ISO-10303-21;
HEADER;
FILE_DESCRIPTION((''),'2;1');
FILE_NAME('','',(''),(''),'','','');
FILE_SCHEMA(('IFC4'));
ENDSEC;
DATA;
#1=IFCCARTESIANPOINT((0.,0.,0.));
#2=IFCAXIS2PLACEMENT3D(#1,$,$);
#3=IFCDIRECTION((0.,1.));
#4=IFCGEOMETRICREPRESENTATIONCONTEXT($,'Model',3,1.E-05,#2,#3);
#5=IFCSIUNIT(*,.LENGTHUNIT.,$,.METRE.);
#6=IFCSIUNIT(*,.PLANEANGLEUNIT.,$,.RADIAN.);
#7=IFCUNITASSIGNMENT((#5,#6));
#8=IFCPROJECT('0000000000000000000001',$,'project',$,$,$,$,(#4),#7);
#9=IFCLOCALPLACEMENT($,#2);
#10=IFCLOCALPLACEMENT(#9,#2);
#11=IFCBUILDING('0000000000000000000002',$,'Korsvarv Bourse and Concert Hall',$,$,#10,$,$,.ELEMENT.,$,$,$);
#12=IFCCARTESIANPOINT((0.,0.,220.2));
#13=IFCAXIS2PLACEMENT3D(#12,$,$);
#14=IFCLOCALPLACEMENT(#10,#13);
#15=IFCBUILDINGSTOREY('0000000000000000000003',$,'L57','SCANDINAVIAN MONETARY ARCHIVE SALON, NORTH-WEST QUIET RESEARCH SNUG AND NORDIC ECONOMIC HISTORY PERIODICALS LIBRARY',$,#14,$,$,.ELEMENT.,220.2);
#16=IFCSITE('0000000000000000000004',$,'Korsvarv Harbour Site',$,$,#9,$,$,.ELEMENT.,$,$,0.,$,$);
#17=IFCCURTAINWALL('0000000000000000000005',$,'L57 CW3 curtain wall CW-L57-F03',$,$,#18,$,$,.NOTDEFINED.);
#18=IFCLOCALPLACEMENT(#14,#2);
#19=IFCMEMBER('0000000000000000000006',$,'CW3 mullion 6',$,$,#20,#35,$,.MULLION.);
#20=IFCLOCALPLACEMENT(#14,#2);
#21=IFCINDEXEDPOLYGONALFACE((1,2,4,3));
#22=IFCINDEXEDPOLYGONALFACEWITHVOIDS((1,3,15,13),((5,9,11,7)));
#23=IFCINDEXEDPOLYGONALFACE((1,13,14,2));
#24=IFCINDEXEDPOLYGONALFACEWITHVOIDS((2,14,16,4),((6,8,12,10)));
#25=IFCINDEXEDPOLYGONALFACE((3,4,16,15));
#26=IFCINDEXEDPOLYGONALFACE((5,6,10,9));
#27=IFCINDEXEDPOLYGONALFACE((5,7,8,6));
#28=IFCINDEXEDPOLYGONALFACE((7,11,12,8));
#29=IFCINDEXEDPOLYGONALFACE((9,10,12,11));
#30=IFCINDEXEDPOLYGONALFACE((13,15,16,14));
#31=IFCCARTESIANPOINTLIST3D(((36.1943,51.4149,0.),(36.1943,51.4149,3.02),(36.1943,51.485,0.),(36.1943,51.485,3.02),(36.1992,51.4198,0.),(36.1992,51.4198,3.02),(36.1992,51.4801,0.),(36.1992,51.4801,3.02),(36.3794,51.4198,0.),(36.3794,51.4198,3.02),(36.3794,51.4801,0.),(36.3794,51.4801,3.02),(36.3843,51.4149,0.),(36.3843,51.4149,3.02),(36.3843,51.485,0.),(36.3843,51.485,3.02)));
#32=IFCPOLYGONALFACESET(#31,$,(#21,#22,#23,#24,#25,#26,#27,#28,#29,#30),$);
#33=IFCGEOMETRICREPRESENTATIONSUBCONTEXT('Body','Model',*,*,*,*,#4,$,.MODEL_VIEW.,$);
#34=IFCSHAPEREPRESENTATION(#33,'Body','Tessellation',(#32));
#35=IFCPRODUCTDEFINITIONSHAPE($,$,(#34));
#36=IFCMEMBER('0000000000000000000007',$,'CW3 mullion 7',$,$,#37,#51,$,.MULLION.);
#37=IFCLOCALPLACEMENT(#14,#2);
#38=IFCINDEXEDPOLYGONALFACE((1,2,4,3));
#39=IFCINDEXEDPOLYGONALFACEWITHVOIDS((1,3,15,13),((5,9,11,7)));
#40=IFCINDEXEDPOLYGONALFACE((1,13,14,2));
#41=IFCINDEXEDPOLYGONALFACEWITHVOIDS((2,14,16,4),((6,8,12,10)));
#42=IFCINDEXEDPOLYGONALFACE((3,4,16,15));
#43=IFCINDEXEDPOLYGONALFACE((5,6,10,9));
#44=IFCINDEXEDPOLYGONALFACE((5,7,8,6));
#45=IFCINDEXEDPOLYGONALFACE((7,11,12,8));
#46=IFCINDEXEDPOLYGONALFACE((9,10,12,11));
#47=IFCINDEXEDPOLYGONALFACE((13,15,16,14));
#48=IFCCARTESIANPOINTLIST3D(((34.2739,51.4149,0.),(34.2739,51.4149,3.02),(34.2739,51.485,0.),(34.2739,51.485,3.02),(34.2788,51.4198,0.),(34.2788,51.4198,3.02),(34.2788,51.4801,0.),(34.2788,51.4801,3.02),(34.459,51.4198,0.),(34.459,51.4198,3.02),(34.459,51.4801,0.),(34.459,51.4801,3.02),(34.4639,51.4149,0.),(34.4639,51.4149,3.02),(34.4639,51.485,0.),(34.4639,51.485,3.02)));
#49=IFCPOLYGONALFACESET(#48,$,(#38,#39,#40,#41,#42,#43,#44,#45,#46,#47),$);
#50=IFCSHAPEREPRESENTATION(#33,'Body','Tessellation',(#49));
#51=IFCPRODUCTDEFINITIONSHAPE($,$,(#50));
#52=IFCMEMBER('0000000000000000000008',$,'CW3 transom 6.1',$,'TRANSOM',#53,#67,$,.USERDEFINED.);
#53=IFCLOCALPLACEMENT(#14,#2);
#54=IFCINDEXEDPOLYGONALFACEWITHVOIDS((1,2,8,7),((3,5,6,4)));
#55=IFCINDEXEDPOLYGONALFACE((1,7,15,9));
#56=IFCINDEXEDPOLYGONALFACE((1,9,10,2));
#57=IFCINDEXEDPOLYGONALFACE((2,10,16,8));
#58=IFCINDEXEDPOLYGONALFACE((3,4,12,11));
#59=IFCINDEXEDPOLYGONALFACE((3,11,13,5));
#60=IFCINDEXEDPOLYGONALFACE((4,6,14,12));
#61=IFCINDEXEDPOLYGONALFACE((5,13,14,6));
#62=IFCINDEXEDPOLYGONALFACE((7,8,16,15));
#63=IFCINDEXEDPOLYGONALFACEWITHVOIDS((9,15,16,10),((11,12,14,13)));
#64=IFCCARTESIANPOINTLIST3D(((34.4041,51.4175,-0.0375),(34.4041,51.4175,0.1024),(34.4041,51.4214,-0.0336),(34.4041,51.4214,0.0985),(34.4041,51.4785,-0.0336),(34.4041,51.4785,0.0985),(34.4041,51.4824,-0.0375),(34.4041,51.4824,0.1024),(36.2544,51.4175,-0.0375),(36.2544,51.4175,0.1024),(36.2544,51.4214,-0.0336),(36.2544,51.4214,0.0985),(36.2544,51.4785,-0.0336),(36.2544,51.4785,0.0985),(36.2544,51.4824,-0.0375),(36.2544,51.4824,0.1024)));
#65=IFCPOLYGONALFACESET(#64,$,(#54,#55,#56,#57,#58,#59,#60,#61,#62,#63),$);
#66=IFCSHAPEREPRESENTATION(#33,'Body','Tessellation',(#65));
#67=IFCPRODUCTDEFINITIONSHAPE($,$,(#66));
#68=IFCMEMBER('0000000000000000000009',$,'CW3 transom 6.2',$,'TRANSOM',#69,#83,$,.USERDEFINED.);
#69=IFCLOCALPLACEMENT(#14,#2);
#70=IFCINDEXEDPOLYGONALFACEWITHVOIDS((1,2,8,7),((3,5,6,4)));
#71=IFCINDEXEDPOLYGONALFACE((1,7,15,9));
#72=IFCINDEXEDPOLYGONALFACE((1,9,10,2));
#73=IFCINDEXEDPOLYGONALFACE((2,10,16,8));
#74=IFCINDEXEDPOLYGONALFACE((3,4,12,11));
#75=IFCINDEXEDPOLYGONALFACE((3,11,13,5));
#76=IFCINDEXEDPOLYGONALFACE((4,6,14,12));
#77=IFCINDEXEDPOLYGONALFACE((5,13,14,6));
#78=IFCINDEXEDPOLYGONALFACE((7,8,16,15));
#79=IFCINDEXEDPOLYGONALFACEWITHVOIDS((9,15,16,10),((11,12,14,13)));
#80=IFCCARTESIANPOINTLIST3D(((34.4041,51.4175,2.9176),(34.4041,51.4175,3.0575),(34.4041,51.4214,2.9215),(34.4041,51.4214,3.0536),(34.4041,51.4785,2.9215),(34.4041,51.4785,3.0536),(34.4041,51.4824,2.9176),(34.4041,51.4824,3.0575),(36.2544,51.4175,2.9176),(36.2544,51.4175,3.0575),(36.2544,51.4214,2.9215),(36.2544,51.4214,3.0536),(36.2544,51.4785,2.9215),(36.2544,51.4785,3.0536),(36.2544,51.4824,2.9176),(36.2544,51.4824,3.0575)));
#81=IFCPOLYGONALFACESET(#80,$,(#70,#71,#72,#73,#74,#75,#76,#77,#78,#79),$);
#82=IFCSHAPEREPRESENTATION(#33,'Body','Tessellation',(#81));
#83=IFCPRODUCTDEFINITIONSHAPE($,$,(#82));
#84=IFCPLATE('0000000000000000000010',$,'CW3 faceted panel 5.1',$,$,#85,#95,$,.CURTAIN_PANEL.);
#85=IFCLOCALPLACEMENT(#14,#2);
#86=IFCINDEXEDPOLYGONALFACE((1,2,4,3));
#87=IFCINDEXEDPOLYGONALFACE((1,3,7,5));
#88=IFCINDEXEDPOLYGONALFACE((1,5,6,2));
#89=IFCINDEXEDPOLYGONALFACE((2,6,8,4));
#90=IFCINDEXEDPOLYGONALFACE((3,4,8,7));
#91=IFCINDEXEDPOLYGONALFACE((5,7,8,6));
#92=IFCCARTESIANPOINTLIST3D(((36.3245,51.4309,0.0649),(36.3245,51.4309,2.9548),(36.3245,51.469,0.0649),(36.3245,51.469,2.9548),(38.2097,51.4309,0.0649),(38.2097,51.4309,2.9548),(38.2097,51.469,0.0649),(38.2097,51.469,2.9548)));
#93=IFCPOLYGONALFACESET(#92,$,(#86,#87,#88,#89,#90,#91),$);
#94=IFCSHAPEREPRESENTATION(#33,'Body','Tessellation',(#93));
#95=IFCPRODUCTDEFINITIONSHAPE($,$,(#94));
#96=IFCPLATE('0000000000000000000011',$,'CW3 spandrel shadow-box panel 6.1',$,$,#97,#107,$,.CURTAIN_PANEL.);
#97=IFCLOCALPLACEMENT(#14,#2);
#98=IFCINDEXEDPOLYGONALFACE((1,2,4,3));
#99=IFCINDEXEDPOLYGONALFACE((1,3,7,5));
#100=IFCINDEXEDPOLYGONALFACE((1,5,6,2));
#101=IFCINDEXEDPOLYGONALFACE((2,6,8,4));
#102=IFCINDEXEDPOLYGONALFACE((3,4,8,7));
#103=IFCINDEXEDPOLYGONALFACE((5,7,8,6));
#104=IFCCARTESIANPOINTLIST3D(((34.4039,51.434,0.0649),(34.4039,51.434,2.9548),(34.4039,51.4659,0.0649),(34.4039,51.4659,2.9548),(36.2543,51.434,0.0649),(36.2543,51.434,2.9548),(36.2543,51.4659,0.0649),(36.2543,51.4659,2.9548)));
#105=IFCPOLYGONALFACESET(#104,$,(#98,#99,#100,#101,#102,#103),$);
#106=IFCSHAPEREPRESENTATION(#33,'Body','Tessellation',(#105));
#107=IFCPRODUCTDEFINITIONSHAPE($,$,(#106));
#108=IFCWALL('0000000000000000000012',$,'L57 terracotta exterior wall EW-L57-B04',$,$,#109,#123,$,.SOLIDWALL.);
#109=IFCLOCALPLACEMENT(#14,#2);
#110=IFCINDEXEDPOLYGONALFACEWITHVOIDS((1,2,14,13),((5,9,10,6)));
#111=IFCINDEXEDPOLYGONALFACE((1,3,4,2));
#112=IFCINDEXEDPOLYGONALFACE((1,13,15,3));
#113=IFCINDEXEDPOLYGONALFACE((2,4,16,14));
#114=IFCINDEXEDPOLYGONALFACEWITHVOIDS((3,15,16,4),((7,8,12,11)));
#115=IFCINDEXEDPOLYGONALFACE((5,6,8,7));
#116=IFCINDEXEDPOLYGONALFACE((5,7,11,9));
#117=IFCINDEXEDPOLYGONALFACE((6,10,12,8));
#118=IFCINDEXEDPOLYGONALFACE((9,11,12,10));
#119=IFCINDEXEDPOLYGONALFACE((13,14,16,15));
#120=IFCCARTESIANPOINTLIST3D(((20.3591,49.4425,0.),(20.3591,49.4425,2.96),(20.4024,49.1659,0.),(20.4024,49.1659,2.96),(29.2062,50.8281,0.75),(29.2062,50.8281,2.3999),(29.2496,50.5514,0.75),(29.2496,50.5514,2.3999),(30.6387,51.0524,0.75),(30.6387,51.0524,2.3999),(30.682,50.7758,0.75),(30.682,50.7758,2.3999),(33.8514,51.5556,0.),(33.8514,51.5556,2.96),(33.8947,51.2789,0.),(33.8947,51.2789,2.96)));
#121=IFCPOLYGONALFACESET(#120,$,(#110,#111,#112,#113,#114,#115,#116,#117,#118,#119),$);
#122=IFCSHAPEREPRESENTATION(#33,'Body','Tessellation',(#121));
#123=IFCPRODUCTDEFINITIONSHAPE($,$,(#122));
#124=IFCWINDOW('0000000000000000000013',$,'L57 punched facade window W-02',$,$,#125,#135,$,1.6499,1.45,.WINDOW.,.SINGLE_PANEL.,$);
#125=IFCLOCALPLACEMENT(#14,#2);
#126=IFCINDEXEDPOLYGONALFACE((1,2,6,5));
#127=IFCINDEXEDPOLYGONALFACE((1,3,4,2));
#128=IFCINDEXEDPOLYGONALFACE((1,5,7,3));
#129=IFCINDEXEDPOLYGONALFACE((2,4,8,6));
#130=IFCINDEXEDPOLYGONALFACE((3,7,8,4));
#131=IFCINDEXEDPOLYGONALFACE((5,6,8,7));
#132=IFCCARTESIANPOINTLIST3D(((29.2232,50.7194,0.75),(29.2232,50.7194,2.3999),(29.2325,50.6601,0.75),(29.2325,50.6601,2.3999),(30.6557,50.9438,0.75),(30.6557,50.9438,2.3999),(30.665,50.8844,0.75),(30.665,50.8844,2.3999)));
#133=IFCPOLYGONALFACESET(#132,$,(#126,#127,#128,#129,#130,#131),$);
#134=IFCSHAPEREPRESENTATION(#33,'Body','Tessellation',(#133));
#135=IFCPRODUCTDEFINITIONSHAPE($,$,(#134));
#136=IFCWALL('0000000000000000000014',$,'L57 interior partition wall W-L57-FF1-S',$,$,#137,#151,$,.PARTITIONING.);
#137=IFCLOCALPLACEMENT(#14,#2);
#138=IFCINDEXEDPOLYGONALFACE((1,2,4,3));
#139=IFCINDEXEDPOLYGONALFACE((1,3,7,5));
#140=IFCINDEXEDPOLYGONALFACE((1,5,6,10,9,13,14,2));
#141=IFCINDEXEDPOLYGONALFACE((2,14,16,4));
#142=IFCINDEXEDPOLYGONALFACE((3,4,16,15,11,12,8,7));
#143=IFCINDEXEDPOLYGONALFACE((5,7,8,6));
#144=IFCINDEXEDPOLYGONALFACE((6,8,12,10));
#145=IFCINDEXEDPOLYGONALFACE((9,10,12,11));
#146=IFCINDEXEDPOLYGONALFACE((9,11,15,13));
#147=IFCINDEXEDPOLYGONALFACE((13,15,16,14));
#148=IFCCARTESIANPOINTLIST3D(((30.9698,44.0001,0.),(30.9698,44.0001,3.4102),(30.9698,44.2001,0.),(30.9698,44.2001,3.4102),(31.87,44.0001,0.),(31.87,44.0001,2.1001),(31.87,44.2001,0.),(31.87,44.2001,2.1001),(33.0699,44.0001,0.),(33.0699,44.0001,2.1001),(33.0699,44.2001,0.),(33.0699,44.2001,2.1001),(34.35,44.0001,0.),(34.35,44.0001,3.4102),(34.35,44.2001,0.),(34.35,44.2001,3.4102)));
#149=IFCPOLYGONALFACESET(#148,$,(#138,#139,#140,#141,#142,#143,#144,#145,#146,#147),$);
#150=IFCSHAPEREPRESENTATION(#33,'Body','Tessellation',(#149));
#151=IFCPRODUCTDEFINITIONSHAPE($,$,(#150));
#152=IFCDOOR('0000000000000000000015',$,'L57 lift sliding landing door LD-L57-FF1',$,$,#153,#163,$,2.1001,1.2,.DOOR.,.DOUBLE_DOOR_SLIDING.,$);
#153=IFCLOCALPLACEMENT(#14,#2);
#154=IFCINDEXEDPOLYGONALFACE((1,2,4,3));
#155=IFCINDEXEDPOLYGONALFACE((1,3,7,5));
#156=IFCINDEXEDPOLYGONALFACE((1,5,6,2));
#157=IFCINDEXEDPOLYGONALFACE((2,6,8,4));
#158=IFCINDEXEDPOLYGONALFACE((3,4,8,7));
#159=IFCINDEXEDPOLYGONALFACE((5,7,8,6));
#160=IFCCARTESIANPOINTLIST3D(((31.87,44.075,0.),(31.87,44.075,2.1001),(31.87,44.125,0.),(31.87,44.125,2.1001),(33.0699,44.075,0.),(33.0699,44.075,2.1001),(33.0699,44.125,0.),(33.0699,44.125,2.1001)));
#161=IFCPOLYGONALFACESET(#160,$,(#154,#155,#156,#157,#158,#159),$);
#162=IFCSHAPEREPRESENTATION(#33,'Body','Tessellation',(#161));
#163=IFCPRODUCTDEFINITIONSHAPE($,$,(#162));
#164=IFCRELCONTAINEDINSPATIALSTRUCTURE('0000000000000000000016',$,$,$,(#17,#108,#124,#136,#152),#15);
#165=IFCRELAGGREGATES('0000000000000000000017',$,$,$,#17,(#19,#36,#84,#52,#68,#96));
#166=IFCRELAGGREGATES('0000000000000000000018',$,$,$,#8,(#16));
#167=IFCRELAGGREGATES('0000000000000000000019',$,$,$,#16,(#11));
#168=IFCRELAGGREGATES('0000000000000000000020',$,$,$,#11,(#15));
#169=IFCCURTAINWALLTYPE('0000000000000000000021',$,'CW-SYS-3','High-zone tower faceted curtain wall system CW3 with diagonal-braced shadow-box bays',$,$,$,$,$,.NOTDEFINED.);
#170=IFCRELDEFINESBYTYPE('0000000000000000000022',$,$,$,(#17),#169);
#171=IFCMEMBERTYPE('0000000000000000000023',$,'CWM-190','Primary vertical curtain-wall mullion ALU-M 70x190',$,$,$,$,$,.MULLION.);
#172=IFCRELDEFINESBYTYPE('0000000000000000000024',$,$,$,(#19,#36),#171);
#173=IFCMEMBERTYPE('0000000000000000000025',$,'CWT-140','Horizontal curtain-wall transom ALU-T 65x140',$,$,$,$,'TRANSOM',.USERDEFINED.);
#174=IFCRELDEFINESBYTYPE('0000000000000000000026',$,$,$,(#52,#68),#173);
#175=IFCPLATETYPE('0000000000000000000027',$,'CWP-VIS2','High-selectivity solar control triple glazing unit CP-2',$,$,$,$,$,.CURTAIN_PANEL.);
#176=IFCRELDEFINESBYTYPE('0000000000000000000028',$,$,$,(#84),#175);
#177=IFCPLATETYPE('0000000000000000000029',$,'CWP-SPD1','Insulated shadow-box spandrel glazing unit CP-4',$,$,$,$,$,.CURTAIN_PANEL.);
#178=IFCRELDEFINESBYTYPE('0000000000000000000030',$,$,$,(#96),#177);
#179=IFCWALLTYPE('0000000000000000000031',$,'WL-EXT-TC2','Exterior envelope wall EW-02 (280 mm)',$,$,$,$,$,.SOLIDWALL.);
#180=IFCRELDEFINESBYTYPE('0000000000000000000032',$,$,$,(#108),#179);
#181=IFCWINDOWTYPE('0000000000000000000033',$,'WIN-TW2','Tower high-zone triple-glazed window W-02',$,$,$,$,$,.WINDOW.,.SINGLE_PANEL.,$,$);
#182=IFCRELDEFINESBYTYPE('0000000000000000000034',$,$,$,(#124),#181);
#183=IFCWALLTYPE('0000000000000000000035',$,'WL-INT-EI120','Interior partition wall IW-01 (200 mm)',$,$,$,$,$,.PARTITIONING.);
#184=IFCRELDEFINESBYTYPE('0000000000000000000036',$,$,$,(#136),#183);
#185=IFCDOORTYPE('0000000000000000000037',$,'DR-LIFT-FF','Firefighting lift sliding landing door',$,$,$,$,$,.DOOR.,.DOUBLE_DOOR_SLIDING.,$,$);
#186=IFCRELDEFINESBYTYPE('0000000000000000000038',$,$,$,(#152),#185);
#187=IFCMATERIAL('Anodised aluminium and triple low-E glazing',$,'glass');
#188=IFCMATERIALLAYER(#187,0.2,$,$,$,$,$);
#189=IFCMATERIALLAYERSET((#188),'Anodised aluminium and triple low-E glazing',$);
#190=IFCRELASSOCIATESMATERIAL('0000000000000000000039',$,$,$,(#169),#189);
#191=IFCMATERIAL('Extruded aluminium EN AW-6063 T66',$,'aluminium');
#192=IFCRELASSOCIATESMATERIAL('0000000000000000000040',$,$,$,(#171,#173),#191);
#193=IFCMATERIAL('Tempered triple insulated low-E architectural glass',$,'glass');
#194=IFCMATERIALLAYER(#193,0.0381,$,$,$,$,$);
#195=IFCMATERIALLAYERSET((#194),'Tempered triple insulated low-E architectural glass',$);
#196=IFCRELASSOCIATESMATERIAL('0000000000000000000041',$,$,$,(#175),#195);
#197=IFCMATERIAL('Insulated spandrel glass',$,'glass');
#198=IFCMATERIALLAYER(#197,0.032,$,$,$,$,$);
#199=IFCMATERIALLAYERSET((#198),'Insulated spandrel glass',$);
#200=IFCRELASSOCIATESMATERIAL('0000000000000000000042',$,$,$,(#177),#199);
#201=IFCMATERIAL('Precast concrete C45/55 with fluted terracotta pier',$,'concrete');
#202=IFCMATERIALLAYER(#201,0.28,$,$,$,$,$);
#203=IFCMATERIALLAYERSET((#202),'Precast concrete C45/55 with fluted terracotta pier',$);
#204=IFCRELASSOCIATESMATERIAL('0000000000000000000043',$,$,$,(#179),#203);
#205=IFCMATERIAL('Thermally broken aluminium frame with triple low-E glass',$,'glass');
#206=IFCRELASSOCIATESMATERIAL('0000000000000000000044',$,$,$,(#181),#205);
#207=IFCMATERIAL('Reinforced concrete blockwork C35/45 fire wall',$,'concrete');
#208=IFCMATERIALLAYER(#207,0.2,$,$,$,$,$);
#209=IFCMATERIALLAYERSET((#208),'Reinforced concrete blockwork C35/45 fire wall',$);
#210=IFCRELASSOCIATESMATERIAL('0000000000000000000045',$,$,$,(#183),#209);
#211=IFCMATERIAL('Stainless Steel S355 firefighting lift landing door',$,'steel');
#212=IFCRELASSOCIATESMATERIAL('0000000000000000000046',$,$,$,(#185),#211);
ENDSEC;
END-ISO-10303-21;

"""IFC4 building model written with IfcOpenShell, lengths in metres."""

from ifc_helpers import new_model, si_unit, direction, frame, frame_2d, origin, origin_2d, place, context, subcontext, project, spatial, rectangle, hollow_rectangle, extrude, source, transform, mapped, material, layer, layer_set, material_profile, profile_set, type_object, element, fill, aggregate, save


model = new_model("IFC4")

# Units and contexts
model_context = context("Model", 3, precision=1e-05, world=origin(), true_north=direction((0.0, 1.0)))
body_context = subcontext(model_context, "Body", "Model", "MODEL_VIEW")
ifc_project = project(units=[si_unit("LENGTHUNIT", "METRE"), si_unit("PLANEANGLEUNIT", "RADIAN")], contexts=[model_context])

# Site, building, storey
site_placement = place(None, origin())
site = spatial("IfcSite", under=ifc_project, at=site_placement, Name="Korsvarv Harbour Site", CompositionType="ELEMENT", RefElevation=0.0)
building_placement = place(site_placement, origin())
building = spatial("IfcBuilding", under=site, at=building_placement, Name="Korsvarv Bourse and Concert Hall", CompositionType="ELEMENT")
storey_placement = place(building_placement, frame((0.0, 0.0, 220.2)))
storey = spatial("IfcBuildingStorey", under=building, at=storey_placement, Name="L57", Description="SCANDINAVIAN MONETARY ARCHIVE SALON, NORTH-WEST QUIET RESEARCH SNUG AND NORDIC ECONOMIC HISTORY PERIODICALS LIBRARY", CompositionType="ELEMENT", Elevation=220.2)

# Curtain wall, members, plates
ifc_material_1 = material(Name="Anodised aluminium and triple low-E glazing", Category="glass")
ifc_layer_1 = layer(ifc_material_1, 0.2)
ifc_layer_set_1 = layer_set([ifc_layer_1], Name="Anodised aluminium and triple low-E glazing")
curtain_wall_type = type_object("IfcCurtainWallType", Name="CW-SYS-3", Description="High-zone tower faceted curtain wall system CW3 with diagonal-braced shadow-box bays", PredefinedType="NOTDEFINED", material=ifc_layer_set_1)
curtain_wall_placement = place(storey_placement, origin())
curtain_wall = element("IfcCurtainWall", 1, at=curtain_wall_placement, inside=storey, type_object=curtain_wall_type, Name="L57 CW3 curtain wall CW-L57-F03", PredefinedType="NOTDEFINED")
ifc_material_2 = material(Name="Extruded aluminium EN AW-6063 T66", Category="aluminium")
ifc_material_profile_1 = material_profile(ifc_material_2, hollow_rectangle(XDim=0.0701, YDim=0.1899, WallThickness=0.0049, at=origin_2d()), Name="ALU-M 70x190")
ifc_profile_set_1 = profile_set([ifc_material_profile_1], Name="Extruded aluminium EN AW-6063 T66")
member_type_1 = type_object("IfcMemberType", Name="CWM-190", Description="Primary vertical curtain-wall mullion ALU-M 70x190", PredefinedType="MULLION", material=ifc_profile_set_1)
shared_shape_1 = source(origin(), body_context, "Body", "SweptSolid", [
    extrude(hollow_rectangle(XDim=0.0701, YDim=0.1899, WallThickness=0.0049, at=origin_2d()), origin(), (0.0, 0.0, 1.0), 3.02),
])
member_1_placement = place(storey_placement, frame((36.2893, 51.45, 0.0), z_axis=(0.0, 0.0, 1.0), x_axis=(0.0, -1.0, 0.0)))
member_1 = element("IfcMember", 2, at=member_1_placement, type_object=member_type_1, Name="CW3 mullion 6", PredefinedType="MULLION", context=body_context, shape_type="MappedRepresentation", body=[
    mapped(shared_shape_1, transform((0.0, 0.0, 0.0), scale=1.0)),
])
member_2_placement = place(storey_placement, frame((34.3689, 51.45, 0.0), z_axis=(0.0, 0.0, 1.0), x_axis=(0.0, -1.0, 0.0)))
member_2 = element("IfcMember", 3, at=member_2_placement, type_object=member_type_1, Name="CW3 mullion 7", PredefinedType="MULLION", context=body_context, shape_type="MappedRepresentation", body=[
    mapped(shared_shape_1, transform((0.0, 0.0, 0.0), scale=1.0)),
])
ifc_material_profile_2 = material_profile(ifc_material_2, hollow_rectangle(XDim=0.0649, YDim=0.1399, WallThickness=0.0039, at=origin_2d()), Name="ALU-T 65x140")
ifc_profile_set_2 = profile_set([ifc_material_profile_2], Name="Extruded aluminium EN AW-6063 T66")
member_type_2 = type_object("IfcMemberType", Name="CWT-140", Description="Horizontal curtain-wall transom ALU-T 65x140", ElementType="TRANSOM", PredefinedType="USERDEFINED", material=ifc_profile_set_2)
shared_shape_2 = source(origin(), body_context, "Body", "SweptSolid", [
    extrude(hollow_rectangle(XDim=0.0649, YDim=0.1399, WallThickness=0.0039, at=origin_2d()), origin(), (0.0, 0.0, 1.0), 1.8503),
])
member_3_placement = place(storey_placement, frame((36.2544, 51.45, 0.0325), z_axis=(-1.0, 0.0, 0.0), x_axis=(0.0, -1.0, 0.0)))
member_3 = element("IfcMember", 4, at=member_3_placement, type_object=member_type_2, Name="CW3 transom 6.1", ObjectType="TRANSOM", PredefinedType="USERDEFINED", context=body_context, shape_type="MappedRepresentation", body=[
    mapped(shared_shape_2, transform((0.0, 0.0, 0.0), scale=1.0)),
])
member_4_placement = place(storey_placement, frame((36.2544, 51.45, 2.9875), z_axis=(-1.0, 0.0, 0.0), x_axis=(0.0, -1.0, 0.0)))
member_4 = element("IfcMember", 5, at=member_4_placement, type_object=member_type_2, Name="CW3 transom 6.2", ObjectType="TRANSOM", PredefinedType="USERDEFINED", context=body_context, shape_type="MappedRepresentation", body=[
    mapped(shared_shape_2, transform((0.0, 0.0, 0.0), scale=1.0)),
])
ifc_material_3 = material(Name="Tempered triple insulated low-E architectural glass", Category="glass")
ifc_layer_2 = layer(ifc_material_3, 0.0381)
ifc_layer_set_2 = layer_set([ifc_layer_2], Name="Tempered triple insulated low-E architectural glass")
plate_type_1 = type_object("IfcPlateType", Name="CWP-VIS2", Description="High-selectivity solar control triple glazing unit CP-2", PredefinedType="CURTAIN_PANEL", material=ifc_layer_set_2)
shared_shape_3 = source(origin(), body_context, "Body", "SweptSolid", [
    extrude(rectangle(XDim=1.8853, YDim=0.0381, at=origin_2d()), origin(), (0.0, 0.0, 1.0), 2.8899),
])
plate_1_placement = place(storey_placement, frame((37.2671, 51.45, 0.0649), z_axis=(0.0, 0.0, 1.0), x_axis=(-1.0, 0.0, 0.0)))
plate_1 = element("IfcPlate", 6, at=plate_1_placement, type_object=plate_type_1, Name="CW3 faceted panel 5.1", PredefinedType="CURTAIN_PANEL", context=body_context, shape_type="MappedRepresentation", body=[
    mapped(shared_shape_3, transform((0.0, 0.0, 0.0), scale=1.0)),
])
ifc_material_4 = material(Name="Insulated spandrel glass", Category="glass")
ifc_layer_3 = layer(ifc_material_4, 0.032)
ifc_layer_set_3 = layer_set([ifc_layer_3], Name="Insulated spandrel glass")
plate_type_2 = type_object("IfcPlateType", Name="CWP-SPD1", Description="Insulated shadow-box spandrel glazing unit CP-4", PredefinedType="CURTAIN_PANEL", material=ifc_layer_set_3)
shared_shape_4 = source(origin(), body_context, "Body", "SweptSolid", [
    extrude(rectangle(XDim=1.8503, YDim=0.032, at=origin_2d()), origin(), (0.0, 0.0, 1.0), 2.8899),
])
plate_2_placement = place(storey_placement, frame((35.3291, 51.45, 0.0649), z_axis=(0.0, 0.0, 1.0), x_axis=(-1.0, 0.0, 0.0)))
plate_2 = element("IfcPlate", 7, at=plate_2_placement, type_object=plate_type_2, Name="CW3 spandrel shadow-box panel 6.1", PredefinedType="CURTAIN_PANEL", context=body_context, shape_type="MappedRepresentation", body=[
    mapped(shared_shape_4, transform((0.0, 0.0, 0.0), scale=1.0)),
])
aggregate(curtain_wall, [member_1, member_2, plate_1, member_3, member_4, plate_2])

# Wall, opening, window
ifc_material_5 = material(Name="Precast concrete C45/55 with fluted terracotta pier", Category="concrete")
ifc_layer_4 = layer(ifc_material_5, 0.28)
ifc_layer_set_4 = layer_set([ifc_layer_4], Name="Precast concrete C45/55 with fluted terracotta pier")
wall_type_1 = type_object("IfcWallType", Name="WL-EXT-TC2", Description="Exterior envelope wall EW-02 (280 mm)", PredefinedType="SOLIDWALL", material=ifc_layer_set_4)
wall_1_placement = place(storey_placement, frame((33.873, 51.4172, 0.0), z_axis=(0.0, 0.0, 1.0), x_axis=(-0.987957, -0.154726, 0.0)))
wall_1 = element("IfcWall", 8, at=wall_1_placement, inside=storey, type_object=wall_type_1, Name="L57 terracotta exterior wall EW-L57-B04", PredefinedType="SOLIDWALL", context=body_context, shape_type="SweptSolid", body=[
    extrude(rectangle(XDim=13.6567, YDim=0.28, at=frame_2d((6.8284, 0.0))), origin(), (0.0, 0.0, 1.0), 2.96),
])
opening_1_placement = place(wall_1_placement, frame((3.2517, 0.0, 0.75)))
opening_1 = element("IfcOpeningElement", 9, at=opening_1_placement, cuts=wall_1, PredefinedType="OPENING", context=body_context, shape_type="SweptSolid", body=[
    extrude(rectangle(XDim=1.45, YDim=1.6499, at=frame_2d((0.7251, 0.825))), frame((0.0, 0.1499, 0.0), z_axis=(0.0, -1.0, 0.0), x_axis=(1.0, 0.0, 0.0)), (0.0, 0.0, 1.0), 0.3),
])
ifc_material_6 = material(Name="Thermally broken aluminium frame with triple low-E glass", Category="glass")
window_type = type_object("IfcWindowType", Name="WIN-TW2", Description="Tower high-zone triple-glazed window W-02", PartitioningType="SINGLE_PANEL", PredefinedType="WINDOW", material=ifc_material_6)
window_placement = place(opening_1_placement, origin())
window = element("IfcWindow", 10, at=window_placement, inside=storey, type_object=window_type, Name="L57 punched facade window W-02", OverallHeight=1.6499, OverallWidth=1.45, PartitioningType="SINGLE_PANEL", PredefinedType="WINDOW", context=body_context, shape_type="SweptSolid", body=[
    extrude(rectangle(XDim=1.45, YDim=1.6499, at=frame_2d((0.7251, 0.825))), frame((0.0, 0.03, 0.0), z_axis=(0.0, -1.0, 0.0), x_axis=(1.0, 0.0, 0.0)), (0.0, 0.0, 1.0), 0.0601),
])
fill(opening_1, window)

# Wall, opening, door
ifc_material_7 = material(Name="Reinforced concrete blockwork C35/45 fire wall", Category="concrete")
ifc_layer_5 = layer(ifc_material_7, 0.2)
ifc_layer_set_5 = layer_set([ifc_layer_5], Name="Reinforced concrete blockwork C35/45 fire wall")
wall_type_2 = type_object("IfcWallType", Name="WL-INT-EI120", Description="Interior partition wall IW-01 (200 mm)", PredefinedType="PARTITIONING", material=ifc_layer_set_5)
wall_2_placement = place(storey_placement, frame((30.97, 44.1001, 0.0), z_axis=(0.0, 0.0, 1.0), x_axis=(1.0, 0.0, 0.0)))
wall_2 = element("IfcWall", 11, at=wall_2_placement, inside=storey, type_object=wall_type_2, Name="L57 interior partition wall W-L57-FF1-S", PredefinedType="PARTITIONING", context=body_context, shape_type="SweptSolid", body=[
    extrude(rectangle(XDim=3.3801, YDim=0.2, at=frame_2d((1.6899, 0.0))), origin(), (0.0, 0.0, 1.0), 3.4102),
])
opening_2_placement = place(wall_2_placement, frame((0.8999, 0.0, 0.0)))
opening_2 = element("IfcOpeningElement", 12, at=opening_2_placement, cuts=wall_2, PredefinedType="OPENING", context=body_context, shape_type="SweptSolid", body=[
    extrude(rectangle(XDim=1.2, YDim=2.1001, at=frame_2d((0.6001, 1.05))), frame((0.0, 0.1099, 0.0), z_axis=(0.0, -1.0, 0.0), x_axis=(1.0, 0.0, 0.0)), (0.0, 0.0, 1.0), 0.22),
])
ifc_material_8 = material(Name="Stainless Steel S355 firefighting lift landing door", Category="steel")
door_type = type_object("IfcDoorType", Name="DR-LIFT-FF", Description="Firefighting lift sliding landing door", OperationType="DOUBLE_DOOR_SLIDING", PredefinedType="DOOR", material=ifc_material_8)
door_1_placement = place(opening_2_placement, origin())
door_1 = element("IfcDoor", 13, at=door_1_placement, inside=storey, type_object=door_type, Name="L57 lift sliding landing door LD-L57-FF1", OperationType="DOUBLE_DOOR_SLIDING", OverallHeight=2.1001, OverallWidth=1.2, PredefinedType="DOOR", context=body_context, shape_type="SweptSolid", body=[
    extrude(rectangle(XDim=1.2, YDim=2.1001, at=frame_2d((0.6001, 1.05))), frame((0.0, 0.0249, 0.0), z_axis=(0.0, -1.0, 0.0), x_axis=(1.0, 0.0, 0.0)), (0.0, 0.0, 1.0), 0.05),
])
fill(opening_2, door_1)

save(model, "model.ifc")
